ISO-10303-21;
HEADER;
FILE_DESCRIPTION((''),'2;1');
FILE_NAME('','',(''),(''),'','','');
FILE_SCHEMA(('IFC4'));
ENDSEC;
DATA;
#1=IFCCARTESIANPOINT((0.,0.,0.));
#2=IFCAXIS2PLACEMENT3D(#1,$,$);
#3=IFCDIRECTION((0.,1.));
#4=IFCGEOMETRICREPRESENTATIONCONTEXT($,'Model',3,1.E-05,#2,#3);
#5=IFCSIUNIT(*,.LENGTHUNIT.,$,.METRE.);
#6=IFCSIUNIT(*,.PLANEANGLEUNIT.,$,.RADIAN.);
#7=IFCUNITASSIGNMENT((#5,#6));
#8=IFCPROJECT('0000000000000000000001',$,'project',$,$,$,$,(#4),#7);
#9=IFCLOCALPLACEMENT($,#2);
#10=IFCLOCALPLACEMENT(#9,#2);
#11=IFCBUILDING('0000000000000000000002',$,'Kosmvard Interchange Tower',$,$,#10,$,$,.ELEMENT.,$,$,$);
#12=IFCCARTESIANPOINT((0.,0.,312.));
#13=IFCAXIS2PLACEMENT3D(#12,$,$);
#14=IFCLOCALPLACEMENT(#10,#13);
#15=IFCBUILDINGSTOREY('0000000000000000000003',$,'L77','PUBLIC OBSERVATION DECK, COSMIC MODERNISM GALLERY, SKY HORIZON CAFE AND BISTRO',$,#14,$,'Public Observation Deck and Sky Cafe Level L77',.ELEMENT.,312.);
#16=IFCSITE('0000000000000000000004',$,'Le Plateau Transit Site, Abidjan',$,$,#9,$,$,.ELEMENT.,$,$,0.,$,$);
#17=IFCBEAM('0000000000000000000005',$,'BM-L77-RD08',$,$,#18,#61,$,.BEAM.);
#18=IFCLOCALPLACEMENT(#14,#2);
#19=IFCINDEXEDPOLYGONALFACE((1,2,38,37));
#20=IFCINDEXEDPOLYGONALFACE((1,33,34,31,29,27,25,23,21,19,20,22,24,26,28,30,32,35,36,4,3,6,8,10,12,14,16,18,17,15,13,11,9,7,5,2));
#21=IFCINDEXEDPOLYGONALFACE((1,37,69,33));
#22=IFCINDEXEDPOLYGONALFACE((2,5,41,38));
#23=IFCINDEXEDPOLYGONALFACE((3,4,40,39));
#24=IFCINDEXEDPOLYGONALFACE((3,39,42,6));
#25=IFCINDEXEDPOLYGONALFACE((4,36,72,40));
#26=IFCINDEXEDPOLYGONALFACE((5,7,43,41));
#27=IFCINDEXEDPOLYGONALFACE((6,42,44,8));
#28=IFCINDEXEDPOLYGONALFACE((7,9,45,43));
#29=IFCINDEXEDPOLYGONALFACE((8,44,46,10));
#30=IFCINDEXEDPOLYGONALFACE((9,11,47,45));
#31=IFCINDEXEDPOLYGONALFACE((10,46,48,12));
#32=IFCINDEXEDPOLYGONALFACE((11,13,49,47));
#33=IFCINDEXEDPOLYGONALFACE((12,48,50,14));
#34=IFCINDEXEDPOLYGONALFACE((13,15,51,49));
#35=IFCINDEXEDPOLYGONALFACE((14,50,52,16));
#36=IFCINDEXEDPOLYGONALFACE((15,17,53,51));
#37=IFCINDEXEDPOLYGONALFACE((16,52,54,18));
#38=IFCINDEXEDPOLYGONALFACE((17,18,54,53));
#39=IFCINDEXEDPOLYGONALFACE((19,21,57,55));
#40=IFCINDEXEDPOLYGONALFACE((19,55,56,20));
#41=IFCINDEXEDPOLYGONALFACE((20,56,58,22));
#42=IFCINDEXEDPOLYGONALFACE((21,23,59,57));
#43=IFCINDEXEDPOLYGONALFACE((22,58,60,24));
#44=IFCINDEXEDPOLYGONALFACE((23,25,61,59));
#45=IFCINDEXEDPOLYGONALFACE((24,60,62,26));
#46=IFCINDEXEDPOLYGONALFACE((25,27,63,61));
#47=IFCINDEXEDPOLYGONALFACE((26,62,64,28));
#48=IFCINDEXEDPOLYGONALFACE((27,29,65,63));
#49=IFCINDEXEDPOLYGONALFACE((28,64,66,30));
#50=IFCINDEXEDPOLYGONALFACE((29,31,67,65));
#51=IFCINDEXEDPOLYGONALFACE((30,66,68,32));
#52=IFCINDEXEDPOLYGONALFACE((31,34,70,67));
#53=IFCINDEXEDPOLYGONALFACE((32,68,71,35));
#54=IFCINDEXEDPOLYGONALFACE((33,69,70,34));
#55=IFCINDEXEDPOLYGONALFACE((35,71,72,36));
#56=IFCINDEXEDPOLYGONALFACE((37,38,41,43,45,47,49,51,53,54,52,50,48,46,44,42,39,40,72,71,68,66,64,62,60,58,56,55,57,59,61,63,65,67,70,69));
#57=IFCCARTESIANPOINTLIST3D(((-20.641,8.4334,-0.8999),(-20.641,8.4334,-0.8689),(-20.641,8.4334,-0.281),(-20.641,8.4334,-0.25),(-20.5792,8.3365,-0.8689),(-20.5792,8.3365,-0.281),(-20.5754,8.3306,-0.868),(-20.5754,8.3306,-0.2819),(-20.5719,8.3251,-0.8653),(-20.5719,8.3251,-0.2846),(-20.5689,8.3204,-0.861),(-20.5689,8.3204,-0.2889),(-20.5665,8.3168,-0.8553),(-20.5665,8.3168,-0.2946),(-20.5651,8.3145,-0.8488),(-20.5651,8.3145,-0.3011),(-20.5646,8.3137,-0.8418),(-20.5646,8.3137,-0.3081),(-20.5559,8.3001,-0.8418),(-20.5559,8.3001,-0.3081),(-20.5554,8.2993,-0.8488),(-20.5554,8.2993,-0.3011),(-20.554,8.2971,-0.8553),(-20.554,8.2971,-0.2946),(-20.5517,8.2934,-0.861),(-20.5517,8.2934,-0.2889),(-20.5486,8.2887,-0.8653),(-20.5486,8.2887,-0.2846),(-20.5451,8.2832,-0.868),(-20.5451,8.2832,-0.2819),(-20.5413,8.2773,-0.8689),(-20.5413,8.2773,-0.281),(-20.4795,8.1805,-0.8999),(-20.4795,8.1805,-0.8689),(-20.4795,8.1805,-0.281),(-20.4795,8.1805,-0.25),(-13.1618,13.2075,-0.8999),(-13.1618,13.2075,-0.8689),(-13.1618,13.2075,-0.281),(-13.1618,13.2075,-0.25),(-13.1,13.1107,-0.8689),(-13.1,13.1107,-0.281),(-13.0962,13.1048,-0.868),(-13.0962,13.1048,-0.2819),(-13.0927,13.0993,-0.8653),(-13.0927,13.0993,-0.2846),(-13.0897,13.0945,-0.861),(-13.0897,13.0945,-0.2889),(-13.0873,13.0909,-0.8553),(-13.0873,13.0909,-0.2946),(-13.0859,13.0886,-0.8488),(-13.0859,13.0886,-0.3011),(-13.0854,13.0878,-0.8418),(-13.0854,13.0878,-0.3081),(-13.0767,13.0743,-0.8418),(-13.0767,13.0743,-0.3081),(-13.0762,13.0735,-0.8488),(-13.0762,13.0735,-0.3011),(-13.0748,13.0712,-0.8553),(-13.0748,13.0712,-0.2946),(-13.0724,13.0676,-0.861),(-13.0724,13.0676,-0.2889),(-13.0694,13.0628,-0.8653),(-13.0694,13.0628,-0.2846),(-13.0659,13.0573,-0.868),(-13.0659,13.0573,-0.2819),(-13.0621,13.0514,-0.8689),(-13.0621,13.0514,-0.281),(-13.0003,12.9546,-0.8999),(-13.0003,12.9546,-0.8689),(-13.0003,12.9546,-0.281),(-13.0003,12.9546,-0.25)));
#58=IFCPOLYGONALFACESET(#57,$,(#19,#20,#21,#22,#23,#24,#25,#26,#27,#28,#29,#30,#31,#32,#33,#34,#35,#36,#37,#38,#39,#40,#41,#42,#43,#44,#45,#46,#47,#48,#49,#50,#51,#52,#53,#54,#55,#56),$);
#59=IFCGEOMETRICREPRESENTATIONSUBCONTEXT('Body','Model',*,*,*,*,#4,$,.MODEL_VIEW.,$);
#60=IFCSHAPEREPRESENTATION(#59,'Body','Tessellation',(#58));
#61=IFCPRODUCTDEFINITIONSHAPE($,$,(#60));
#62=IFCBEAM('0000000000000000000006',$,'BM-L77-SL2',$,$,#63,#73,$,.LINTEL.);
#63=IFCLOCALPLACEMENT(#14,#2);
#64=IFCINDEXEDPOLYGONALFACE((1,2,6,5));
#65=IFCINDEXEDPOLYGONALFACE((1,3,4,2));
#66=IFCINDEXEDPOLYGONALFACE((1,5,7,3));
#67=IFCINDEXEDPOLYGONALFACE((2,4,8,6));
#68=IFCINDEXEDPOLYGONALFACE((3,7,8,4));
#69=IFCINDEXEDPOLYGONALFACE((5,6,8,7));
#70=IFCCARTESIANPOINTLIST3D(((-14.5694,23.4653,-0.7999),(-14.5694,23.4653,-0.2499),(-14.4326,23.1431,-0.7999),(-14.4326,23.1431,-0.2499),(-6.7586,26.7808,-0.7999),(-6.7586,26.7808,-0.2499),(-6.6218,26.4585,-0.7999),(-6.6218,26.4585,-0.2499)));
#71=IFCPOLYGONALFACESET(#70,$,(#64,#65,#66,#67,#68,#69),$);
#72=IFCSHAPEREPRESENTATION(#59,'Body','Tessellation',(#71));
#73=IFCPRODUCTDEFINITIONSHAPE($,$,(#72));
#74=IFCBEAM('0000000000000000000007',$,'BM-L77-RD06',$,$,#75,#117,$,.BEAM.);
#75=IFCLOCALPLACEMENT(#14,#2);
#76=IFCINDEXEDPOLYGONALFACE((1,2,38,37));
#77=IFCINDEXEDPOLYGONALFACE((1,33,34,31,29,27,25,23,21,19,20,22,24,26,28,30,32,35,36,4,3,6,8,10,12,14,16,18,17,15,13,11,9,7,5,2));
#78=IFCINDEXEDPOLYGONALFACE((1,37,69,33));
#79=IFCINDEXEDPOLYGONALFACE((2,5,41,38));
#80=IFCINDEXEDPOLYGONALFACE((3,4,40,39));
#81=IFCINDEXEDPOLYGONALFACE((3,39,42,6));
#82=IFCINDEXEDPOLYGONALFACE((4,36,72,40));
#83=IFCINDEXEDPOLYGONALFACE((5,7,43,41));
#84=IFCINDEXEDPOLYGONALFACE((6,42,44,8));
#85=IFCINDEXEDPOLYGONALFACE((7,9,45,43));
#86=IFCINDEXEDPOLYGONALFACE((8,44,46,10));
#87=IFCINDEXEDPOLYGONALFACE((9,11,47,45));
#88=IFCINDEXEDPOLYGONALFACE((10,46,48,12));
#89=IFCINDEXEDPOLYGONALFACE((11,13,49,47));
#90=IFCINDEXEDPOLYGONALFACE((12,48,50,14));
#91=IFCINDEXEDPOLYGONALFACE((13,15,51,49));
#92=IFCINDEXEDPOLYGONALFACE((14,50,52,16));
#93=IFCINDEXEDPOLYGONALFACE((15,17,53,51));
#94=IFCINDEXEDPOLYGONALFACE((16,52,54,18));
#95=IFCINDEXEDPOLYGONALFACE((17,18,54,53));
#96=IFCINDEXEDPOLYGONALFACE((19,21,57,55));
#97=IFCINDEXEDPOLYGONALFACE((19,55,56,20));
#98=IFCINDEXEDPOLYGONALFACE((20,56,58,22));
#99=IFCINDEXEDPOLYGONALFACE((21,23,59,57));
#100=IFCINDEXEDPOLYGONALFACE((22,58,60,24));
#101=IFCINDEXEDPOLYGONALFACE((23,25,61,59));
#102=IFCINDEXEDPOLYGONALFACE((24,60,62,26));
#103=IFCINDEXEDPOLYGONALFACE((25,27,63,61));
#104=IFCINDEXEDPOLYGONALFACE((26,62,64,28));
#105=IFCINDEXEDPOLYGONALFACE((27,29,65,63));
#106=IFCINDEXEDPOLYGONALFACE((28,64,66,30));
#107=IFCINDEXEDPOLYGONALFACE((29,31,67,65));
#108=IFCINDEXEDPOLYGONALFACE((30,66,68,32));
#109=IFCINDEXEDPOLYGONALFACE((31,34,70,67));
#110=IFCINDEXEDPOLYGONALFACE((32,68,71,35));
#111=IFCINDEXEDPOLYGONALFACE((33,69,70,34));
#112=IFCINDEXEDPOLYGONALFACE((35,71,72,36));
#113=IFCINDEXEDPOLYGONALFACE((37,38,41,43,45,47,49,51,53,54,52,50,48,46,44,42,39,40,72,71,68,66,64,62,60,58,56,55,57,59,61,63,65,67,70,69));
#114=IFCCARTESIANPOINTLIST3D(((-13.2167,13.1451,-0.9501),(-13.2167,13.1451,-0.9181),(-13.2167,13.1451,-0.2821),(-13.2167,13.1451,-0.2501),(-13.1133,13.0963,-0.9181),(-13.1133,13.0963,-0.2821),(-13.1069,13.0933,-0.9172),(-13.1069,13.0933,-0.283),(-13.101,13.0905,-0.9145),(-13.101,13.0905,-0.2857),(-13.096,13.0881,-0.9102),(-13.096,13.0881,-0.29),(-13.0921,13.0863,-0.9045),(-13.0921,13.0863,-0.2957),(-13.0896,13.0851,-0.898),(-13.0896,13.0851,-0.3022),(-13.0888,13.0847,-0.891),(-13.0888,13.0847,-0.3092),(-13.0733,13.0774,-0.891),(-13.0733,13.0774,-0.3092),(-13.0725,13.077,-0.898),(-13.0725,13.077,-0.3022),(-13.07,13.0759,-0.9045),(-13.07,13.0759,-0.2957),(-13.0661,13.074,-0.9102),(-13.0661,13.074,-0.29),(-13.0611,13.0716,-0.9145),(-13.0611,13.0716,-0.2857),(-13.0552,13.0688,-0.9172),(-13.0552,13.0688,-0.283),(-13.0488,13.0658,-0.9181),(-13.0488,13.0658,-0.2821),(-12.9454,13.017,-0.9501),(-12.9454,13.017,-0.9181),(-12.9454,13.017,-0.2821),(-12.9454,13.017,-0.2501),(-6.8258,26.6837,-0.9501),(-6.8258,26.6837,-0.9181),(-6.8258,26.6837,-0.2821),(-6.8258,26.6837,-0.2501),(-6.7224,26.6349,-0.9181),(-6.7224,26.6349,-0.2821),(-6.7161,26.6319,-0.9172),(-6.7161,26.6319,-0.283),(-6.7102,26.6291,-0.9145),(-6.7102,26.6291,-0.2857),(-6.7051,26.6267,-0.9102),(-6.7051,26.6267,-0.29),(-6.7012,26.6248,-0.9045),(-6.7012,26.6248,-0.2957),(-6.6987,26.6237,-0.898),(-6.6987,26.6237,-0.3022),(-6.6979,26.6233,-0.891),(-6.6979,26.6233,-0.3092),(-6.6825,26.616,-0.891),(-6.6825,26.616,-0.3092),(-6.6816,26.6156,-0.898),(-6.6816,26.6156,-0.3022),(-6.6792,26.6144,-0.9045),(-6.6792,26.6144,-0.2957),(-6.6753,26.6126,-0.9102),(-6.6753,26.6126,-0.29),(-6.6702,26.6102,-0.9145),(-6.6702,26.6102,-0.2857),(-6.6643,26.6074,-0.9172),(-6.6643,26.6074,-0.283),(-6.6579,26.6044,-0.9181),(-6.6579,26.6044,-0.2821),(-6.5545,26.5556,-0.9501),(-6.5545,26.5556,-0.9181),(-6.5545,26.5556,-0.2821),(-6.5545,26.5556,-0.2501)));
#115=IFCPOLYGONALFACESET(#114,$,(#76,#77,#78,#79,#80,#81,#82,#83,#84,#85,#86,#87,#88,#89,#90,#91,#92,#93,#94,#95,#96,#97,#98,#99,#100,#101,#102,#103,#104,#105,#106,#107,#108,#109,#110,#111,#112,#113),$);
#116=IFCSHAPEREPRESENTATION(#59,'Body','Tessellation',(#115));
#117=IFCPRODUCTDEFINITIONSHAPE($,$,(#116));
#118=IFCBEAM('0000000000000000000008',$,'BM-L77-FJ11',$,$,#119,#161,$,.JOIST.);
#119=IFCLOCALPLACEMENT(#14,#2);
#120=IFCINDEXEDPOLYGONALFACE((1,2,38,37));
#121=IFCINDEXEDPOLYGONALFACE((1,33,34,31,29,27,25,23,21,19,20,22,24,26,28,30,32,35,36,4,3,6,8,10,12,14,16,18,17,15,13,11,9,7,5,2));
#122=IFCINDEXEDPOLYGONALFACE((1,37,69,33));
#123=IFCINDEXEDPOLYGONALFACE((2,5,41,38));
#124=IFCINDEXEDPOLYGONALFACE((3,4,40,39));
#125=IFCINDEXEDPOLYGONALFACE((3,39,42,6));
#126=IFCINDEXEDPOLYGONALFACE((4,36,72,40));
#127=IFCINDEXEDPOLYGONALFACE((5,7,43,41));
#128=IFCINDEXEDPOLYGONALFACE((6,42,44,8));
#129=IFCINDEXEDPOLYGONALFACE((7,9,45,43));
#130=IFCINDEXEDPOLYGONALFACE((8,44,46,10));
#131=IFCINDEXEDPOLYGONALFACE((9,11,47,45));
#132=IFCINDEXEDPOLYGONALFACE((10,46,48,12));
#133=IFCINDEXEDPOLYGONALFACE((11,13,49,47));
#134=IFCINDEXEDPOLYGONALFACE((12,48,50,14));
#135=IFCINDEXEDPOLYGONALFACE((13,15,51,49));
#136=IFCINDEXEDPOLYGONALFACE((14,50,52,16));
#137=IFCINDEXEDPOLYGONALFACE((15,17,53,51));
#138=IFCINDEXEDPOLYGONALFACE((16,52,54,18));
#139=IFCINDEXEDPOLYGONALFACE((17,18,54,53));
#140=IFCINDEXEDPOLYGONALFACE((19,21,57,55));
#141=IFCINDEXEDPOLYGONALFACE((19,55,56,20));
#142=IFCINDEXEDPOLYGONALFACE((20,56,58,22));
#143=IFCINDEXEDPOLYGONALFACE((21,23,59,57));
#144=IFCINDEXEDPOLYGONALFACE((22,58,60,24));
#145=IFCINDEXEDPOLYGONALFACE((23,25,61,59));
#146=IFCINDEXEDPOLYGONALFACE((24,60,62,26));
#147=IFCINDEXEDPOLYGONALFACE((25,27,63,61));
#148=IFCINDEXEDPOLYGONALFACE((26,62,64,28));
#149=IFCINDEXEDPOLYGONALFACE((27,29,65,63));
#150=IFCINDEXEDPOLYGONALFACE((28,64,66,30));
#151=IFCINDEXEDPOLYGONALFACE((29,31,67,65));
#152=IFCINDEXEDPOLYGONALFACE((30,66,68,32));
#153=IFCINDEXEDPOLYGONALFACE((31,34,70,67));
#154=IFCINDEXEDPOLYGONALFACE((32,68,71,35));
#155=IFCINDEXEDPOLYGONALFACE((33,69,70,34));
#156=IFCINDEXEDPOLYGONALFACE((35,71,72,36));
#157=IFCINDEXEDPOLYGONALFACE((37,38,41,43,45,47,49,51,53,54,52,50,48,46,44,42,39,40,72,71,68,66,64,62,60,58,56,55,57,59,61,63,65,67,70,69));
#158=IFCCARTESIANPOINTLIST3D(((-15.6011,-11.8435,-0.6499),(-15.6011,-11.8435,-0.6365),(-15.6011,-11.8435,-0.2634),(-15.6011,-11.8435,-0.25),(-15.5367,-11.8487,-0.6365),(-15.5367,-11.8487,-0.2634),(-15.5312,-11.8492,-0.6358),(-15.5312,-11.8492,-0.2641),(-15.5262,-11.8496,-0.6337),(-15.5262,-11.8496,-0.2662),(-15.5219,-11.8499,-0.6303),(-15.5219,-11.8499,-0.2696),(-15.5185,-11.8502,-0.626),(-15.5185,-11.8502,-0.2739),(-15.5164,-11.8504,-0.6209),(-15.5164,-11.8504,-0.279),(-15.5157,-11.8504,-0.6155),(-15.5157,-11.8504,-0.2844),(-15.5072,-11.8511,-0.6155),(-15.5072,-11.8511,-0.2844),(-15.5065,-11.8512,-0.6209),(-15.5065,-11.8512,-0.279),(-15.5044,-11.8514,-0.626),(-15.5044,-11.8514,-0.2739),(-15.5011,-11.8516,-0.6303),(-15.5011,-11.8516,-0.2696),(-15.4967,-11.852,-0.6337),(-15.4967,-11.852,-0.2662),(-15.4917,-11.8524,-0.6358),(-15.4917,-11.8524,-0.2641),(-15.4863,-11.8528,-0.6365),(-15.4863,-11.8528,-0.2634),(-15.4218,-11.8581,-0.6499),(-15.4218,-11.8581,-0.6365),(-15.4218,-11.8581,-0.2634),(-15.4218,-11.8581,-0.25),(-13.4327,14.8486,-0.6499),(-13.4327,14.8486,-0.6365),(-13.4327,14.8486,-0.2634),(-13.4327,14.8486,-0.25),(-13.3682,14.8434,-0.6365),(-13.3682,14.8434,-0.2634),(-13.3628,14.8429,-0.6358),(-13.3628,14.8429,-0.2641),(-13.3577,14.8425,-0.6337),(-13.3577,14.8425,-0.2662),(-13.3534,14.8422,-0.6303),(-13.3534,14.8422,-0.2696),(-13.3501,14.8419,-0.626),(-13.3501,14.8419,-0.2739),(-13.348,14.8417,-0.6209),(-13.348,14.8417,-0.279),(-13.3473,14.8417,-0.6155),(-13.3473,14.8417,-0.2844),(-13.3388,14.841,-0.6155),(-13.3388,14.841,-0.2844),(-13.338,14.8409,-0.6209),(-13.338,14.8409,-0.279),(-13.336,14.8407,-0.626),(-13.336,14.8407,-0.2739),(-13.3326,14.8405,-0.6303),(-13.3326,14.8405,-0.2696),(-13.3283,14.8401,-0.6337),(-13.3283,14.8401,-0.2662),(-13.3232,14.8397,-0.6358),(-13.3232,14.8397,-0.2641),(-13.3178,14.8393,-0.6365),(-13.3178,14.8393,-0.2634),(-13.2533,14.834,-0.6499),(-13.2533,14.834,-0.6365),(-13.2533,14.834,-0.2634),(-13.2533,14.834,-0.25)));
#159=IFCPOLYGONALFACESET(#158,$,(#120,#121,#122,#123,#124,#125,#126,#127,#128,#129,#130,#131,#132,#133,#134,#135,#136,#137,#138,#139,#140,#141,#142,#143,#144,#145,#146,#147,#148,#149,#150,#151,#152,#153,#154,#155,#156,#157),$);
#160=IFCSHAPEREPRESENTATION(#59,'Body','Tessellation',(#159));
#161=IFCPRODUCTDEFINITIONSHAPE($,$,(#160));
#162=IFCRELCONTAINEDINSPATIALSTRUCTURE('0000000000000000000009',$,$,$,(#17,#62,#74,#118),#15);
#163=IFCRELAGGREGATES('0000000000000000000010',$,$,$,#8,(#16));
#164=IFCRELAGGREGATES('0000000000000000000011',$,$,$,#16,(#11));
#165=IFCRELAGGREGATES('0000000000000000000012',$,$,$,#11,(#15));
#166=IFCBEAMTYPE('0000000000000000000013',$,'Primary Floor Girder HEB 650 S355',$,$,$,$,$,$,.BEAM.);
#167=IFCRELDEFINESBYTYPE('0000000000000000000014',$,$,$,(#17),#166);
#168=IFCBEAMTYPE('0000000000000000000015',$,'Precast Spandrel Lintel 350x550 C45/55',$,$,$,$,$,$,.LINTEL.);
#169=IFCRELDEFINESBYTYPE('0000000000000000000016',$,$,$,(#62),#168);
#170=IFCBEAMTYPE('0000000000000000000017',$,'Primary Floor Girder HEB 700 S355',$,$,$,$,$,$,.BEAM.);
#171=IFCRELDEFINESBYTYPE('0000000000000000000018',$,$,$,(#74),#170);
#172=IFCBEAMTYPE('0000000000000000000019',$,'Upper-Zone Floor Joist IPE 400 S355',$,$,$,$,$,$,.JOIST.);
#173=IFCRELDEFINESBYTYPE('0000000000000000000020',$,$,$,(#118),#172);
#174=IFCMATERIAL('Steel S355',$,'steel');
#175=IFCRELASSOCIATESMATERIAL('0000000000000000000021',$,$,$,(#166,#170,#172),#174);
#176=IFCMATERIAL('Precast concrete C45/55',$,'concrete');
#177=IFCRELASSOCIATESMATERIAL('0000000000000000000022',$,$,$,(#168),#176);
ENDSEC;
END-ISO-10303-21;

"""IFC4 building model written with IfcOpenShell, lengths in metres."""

from ifc_helpers import new_model, si_unit, direction, frame, origin, origin_2d, place, context, subcontext, project, spatial, rectangle, i_section, extrude, source, transform, mapped, material, material_profile, profile_set, type_object, element, save


model = new_model("IFC4")

# Units and contexts
model_context = context("Model", 3, precision=1e-05, world=origin(), true_north=direction((0.0, 1.0)))
body_context = subcontext(model_context, "Body", "Model", "MODEL_VIEW")
ifc_project = project(units=[si_unit("LENGTHUNIT", "METRE"), si_unit("PLANEANGLEUNIT", "RADIAN")], contexts=[model_context])

# Site, building, storey
site_placement = place(None, origin())
site = spatial("IfcSite", under=ifc_project, at=site_placement, Name="Le Plateau Transit Site, Abidjan", CompositionType="ELEMENT", RefElevation=0.0)
building_placement = place(site_placement, origin())
building = spatial("IfcBuilding", under=site, at=building_placement, Name="Kosmvard Interchange Tower", CompositionType="ELEMENT")
storey_placement = place(building_placement, frame((0.0, 0.0, 312.0)))
storey = spatial("IfcBuildingStorey", under=building, at=storey_placement, Name="L77", Description="PUBLIC OBSERVATION DECK, COSMIC MODERNISM GALLERY, SKY HORIZON CAFE AND BISTRO", LongName="Public Observation Deck and Sky Cafe Level L77", CompositionType="ELEMENT", Elevation=312.0)

# Beams
ifc_material_1 = material(Name="Steel S355", Category="steel")
ifc_material_profile_1 = material_profile(ifc_material_1, i_section(OverallWidth=0.3, OverallDepth=0.6499, WebThickness=0.0161, FlangeThickness=0.031, FilletRadius=0.0271, at=origin_2d()), Name="HEB 650")
ifc_profile_set_1 = profile_set([ifc_material_profile_1], Name="Steel S355")
beam_type_1 = type_object("IfcBeamType", Name="Primary Floor Girder HEB 650 S355", PredefinedType="BEAM", material=ifc_profile_set_1)
shared_shape_1 = source(origin(), body_context, "Body", "SweptSolid", [
    extrude(i_section(OverallWidth=0.3, OverallDepth=0.6499, WebThickness=0.0161, FlangeThickness=0.031, FilletRadius=0.0271, at=origin_2d()), origin(), (0.0, 0.0, 1.0), 8.873),
])
beam_1_placement = place(storey_placement, frame((-13.0811, 13.0811, -0.575), z_axis=(-0.842913, -0.53805, 0.0), x_axis=(0.53805, -0.842913, 0.0)))
element("IfcBeam", 1, at=beam_1_placement, inside=storey, type_object=beam_type_1, Name="BM-L77-RD08", PredefinedType="BEAM", context=body_context, shape_type="MappedRepresentation", body=[
    mapped(shared_shape_1, transform((0.0, 0.0, 0.0), scale=1.0)),
])
ifc_material_2 = material(Name="Precast concrete C45/55", Category="concrete")
ifc_material_profile_2 = material_profile(ifc_material_2, rectangle(XDim=0.3501, YDim=0.55, at=origin_2d()), Name="SL 350x550")
ifc_profile_set_2 = profile_set([ifc_material_profile_2], Name="Precast concrete C45/55")
beam_type_2 = type_object("IfcBeamType", Name="Precast Spandrel Lintel 350x550 C45/55", PredefinedType="LINTEL", material=ifc_profile_set_2)
shared_shape_2 = source(origin(), body_context, "Body", "SweptSolid", [
    extrude(rectangle(XDim=0.3501, YDim=0.55, at=origin_2d()), origin(), (0.0, 0.0, 1.0), 8.4854),
])
beam_2_placement = place(storey_placement, frame((-6.6902, 26.6196, -0.5249), z_axis=(-0.920507, -0.390726, 0.0), x_axis=(0.390726, -0.920507, 0.0)))
element("IfcBeam", 2, at=beam_2_placement, inside=storey, type_object=beam_type_2, Name="BM-L77-SL2", PredefinedType="LINTEL", context=body_context, shape_type="MappedRepresentation", body=[
    mapped(shared_shape_2, transform((0.0, 0.0, 0.0), scale=1.0)),
])
ifc_material_profile_3 = material_profile(ifc_material_1, i_section(OverallWidth=0.3, OverallDepth=0.7, WebThickness=0.0171, FlangeThickness=0.032, FilletRadius=0.0271, at=origin_2d()), Name="HEB 700")
ifc_profile_set_3 = profile_set([ifc_material_profile_3], Name="Steel S355")
beam_type_3 = type_object("IfcBeamType", Name="Primary Floor Girder HEB 700 S355", PredefinedType="BEAM", material=ifc_profile_set_3)
shared_shape_3 = source(origin(), body_context, "Body", "SweptSolid", [
    extrude(i_section(OverallWidth=0.3, OverallDepth=0.7, WebThickness=0.0171, FlangeThickness=0.032, FilletRadius=0.0271, at=origin_2d()), origin(), (0.0, 0.0, 1.0), 14.9712),
])
beam_3_placement = place(storey_placement, frame((-13.0811, 13.0811, -0.6001), z_axis=(0.426878, 0.904309, 0.0), x_axis=(-0.904309, 0.426878, 0.0)))
element("IfcBeam", 3, at=beam_3_placement, inside=storey, type_object=beam_type_3, Name="BM-L77-RD06", PredefinedType="BEAM", context=body_context, shape_type="MappedRepresentation", body=[
    mapped(shared_shape_3, transform((0.0, 0.0, 0.0), scale=1.0)),
])
ifc_material_profile_4 = material_profile(ifc_material_1, i_section(OverallWidth=0.1799, OverallDepth=0.3999, WebThickness=0.0085, FlangeThickness=0.0134, FilletRadius=0.021, at=origin_2d()), Name="IPE 400")
ifc_profile_set_4 = profile_set([ifc_material_profile_4], Name="Steel S355")
beam_type_4 = type_object("IfcBeamType", Name="Upper-Zone Floor Joist IPE 400 S355", PredefinedType="JOIST", material=ifc_profile_set_4)
shared_shape_4 = source(origin(), body_context, "Body", "SweptSolid", [
    extrude(i_section(OverallWidth=0.1799, OverallDepth=0.3999, WebThickness=0.0085, FlangeThickness=0.0134, FilletRadius=0.021, at=origin_2d()), origin(), (0.0, 0.0, 1.0), 26.78),
])
beam_4_placement = place(storey_placement, frame((-13.343, 14.8413, -0.45), z_axis=(-0.080973, -0.996716, 0.0), x_axis=(0.996716, -0.080973, 0.0)))
element("IfcBeam", 4, at=beam_4_placement, inside=storey, type_object=beam_type_4, Name="BM-L77-FJ11", PredefinedType="JOIST", context=body_context, shape_type="MappedRepresentation", body=[
    mapped(shared_shape_4, transform((0.0, 0.0, 0.0), scale=1.0)),
])

save(model, "model.ifc")
